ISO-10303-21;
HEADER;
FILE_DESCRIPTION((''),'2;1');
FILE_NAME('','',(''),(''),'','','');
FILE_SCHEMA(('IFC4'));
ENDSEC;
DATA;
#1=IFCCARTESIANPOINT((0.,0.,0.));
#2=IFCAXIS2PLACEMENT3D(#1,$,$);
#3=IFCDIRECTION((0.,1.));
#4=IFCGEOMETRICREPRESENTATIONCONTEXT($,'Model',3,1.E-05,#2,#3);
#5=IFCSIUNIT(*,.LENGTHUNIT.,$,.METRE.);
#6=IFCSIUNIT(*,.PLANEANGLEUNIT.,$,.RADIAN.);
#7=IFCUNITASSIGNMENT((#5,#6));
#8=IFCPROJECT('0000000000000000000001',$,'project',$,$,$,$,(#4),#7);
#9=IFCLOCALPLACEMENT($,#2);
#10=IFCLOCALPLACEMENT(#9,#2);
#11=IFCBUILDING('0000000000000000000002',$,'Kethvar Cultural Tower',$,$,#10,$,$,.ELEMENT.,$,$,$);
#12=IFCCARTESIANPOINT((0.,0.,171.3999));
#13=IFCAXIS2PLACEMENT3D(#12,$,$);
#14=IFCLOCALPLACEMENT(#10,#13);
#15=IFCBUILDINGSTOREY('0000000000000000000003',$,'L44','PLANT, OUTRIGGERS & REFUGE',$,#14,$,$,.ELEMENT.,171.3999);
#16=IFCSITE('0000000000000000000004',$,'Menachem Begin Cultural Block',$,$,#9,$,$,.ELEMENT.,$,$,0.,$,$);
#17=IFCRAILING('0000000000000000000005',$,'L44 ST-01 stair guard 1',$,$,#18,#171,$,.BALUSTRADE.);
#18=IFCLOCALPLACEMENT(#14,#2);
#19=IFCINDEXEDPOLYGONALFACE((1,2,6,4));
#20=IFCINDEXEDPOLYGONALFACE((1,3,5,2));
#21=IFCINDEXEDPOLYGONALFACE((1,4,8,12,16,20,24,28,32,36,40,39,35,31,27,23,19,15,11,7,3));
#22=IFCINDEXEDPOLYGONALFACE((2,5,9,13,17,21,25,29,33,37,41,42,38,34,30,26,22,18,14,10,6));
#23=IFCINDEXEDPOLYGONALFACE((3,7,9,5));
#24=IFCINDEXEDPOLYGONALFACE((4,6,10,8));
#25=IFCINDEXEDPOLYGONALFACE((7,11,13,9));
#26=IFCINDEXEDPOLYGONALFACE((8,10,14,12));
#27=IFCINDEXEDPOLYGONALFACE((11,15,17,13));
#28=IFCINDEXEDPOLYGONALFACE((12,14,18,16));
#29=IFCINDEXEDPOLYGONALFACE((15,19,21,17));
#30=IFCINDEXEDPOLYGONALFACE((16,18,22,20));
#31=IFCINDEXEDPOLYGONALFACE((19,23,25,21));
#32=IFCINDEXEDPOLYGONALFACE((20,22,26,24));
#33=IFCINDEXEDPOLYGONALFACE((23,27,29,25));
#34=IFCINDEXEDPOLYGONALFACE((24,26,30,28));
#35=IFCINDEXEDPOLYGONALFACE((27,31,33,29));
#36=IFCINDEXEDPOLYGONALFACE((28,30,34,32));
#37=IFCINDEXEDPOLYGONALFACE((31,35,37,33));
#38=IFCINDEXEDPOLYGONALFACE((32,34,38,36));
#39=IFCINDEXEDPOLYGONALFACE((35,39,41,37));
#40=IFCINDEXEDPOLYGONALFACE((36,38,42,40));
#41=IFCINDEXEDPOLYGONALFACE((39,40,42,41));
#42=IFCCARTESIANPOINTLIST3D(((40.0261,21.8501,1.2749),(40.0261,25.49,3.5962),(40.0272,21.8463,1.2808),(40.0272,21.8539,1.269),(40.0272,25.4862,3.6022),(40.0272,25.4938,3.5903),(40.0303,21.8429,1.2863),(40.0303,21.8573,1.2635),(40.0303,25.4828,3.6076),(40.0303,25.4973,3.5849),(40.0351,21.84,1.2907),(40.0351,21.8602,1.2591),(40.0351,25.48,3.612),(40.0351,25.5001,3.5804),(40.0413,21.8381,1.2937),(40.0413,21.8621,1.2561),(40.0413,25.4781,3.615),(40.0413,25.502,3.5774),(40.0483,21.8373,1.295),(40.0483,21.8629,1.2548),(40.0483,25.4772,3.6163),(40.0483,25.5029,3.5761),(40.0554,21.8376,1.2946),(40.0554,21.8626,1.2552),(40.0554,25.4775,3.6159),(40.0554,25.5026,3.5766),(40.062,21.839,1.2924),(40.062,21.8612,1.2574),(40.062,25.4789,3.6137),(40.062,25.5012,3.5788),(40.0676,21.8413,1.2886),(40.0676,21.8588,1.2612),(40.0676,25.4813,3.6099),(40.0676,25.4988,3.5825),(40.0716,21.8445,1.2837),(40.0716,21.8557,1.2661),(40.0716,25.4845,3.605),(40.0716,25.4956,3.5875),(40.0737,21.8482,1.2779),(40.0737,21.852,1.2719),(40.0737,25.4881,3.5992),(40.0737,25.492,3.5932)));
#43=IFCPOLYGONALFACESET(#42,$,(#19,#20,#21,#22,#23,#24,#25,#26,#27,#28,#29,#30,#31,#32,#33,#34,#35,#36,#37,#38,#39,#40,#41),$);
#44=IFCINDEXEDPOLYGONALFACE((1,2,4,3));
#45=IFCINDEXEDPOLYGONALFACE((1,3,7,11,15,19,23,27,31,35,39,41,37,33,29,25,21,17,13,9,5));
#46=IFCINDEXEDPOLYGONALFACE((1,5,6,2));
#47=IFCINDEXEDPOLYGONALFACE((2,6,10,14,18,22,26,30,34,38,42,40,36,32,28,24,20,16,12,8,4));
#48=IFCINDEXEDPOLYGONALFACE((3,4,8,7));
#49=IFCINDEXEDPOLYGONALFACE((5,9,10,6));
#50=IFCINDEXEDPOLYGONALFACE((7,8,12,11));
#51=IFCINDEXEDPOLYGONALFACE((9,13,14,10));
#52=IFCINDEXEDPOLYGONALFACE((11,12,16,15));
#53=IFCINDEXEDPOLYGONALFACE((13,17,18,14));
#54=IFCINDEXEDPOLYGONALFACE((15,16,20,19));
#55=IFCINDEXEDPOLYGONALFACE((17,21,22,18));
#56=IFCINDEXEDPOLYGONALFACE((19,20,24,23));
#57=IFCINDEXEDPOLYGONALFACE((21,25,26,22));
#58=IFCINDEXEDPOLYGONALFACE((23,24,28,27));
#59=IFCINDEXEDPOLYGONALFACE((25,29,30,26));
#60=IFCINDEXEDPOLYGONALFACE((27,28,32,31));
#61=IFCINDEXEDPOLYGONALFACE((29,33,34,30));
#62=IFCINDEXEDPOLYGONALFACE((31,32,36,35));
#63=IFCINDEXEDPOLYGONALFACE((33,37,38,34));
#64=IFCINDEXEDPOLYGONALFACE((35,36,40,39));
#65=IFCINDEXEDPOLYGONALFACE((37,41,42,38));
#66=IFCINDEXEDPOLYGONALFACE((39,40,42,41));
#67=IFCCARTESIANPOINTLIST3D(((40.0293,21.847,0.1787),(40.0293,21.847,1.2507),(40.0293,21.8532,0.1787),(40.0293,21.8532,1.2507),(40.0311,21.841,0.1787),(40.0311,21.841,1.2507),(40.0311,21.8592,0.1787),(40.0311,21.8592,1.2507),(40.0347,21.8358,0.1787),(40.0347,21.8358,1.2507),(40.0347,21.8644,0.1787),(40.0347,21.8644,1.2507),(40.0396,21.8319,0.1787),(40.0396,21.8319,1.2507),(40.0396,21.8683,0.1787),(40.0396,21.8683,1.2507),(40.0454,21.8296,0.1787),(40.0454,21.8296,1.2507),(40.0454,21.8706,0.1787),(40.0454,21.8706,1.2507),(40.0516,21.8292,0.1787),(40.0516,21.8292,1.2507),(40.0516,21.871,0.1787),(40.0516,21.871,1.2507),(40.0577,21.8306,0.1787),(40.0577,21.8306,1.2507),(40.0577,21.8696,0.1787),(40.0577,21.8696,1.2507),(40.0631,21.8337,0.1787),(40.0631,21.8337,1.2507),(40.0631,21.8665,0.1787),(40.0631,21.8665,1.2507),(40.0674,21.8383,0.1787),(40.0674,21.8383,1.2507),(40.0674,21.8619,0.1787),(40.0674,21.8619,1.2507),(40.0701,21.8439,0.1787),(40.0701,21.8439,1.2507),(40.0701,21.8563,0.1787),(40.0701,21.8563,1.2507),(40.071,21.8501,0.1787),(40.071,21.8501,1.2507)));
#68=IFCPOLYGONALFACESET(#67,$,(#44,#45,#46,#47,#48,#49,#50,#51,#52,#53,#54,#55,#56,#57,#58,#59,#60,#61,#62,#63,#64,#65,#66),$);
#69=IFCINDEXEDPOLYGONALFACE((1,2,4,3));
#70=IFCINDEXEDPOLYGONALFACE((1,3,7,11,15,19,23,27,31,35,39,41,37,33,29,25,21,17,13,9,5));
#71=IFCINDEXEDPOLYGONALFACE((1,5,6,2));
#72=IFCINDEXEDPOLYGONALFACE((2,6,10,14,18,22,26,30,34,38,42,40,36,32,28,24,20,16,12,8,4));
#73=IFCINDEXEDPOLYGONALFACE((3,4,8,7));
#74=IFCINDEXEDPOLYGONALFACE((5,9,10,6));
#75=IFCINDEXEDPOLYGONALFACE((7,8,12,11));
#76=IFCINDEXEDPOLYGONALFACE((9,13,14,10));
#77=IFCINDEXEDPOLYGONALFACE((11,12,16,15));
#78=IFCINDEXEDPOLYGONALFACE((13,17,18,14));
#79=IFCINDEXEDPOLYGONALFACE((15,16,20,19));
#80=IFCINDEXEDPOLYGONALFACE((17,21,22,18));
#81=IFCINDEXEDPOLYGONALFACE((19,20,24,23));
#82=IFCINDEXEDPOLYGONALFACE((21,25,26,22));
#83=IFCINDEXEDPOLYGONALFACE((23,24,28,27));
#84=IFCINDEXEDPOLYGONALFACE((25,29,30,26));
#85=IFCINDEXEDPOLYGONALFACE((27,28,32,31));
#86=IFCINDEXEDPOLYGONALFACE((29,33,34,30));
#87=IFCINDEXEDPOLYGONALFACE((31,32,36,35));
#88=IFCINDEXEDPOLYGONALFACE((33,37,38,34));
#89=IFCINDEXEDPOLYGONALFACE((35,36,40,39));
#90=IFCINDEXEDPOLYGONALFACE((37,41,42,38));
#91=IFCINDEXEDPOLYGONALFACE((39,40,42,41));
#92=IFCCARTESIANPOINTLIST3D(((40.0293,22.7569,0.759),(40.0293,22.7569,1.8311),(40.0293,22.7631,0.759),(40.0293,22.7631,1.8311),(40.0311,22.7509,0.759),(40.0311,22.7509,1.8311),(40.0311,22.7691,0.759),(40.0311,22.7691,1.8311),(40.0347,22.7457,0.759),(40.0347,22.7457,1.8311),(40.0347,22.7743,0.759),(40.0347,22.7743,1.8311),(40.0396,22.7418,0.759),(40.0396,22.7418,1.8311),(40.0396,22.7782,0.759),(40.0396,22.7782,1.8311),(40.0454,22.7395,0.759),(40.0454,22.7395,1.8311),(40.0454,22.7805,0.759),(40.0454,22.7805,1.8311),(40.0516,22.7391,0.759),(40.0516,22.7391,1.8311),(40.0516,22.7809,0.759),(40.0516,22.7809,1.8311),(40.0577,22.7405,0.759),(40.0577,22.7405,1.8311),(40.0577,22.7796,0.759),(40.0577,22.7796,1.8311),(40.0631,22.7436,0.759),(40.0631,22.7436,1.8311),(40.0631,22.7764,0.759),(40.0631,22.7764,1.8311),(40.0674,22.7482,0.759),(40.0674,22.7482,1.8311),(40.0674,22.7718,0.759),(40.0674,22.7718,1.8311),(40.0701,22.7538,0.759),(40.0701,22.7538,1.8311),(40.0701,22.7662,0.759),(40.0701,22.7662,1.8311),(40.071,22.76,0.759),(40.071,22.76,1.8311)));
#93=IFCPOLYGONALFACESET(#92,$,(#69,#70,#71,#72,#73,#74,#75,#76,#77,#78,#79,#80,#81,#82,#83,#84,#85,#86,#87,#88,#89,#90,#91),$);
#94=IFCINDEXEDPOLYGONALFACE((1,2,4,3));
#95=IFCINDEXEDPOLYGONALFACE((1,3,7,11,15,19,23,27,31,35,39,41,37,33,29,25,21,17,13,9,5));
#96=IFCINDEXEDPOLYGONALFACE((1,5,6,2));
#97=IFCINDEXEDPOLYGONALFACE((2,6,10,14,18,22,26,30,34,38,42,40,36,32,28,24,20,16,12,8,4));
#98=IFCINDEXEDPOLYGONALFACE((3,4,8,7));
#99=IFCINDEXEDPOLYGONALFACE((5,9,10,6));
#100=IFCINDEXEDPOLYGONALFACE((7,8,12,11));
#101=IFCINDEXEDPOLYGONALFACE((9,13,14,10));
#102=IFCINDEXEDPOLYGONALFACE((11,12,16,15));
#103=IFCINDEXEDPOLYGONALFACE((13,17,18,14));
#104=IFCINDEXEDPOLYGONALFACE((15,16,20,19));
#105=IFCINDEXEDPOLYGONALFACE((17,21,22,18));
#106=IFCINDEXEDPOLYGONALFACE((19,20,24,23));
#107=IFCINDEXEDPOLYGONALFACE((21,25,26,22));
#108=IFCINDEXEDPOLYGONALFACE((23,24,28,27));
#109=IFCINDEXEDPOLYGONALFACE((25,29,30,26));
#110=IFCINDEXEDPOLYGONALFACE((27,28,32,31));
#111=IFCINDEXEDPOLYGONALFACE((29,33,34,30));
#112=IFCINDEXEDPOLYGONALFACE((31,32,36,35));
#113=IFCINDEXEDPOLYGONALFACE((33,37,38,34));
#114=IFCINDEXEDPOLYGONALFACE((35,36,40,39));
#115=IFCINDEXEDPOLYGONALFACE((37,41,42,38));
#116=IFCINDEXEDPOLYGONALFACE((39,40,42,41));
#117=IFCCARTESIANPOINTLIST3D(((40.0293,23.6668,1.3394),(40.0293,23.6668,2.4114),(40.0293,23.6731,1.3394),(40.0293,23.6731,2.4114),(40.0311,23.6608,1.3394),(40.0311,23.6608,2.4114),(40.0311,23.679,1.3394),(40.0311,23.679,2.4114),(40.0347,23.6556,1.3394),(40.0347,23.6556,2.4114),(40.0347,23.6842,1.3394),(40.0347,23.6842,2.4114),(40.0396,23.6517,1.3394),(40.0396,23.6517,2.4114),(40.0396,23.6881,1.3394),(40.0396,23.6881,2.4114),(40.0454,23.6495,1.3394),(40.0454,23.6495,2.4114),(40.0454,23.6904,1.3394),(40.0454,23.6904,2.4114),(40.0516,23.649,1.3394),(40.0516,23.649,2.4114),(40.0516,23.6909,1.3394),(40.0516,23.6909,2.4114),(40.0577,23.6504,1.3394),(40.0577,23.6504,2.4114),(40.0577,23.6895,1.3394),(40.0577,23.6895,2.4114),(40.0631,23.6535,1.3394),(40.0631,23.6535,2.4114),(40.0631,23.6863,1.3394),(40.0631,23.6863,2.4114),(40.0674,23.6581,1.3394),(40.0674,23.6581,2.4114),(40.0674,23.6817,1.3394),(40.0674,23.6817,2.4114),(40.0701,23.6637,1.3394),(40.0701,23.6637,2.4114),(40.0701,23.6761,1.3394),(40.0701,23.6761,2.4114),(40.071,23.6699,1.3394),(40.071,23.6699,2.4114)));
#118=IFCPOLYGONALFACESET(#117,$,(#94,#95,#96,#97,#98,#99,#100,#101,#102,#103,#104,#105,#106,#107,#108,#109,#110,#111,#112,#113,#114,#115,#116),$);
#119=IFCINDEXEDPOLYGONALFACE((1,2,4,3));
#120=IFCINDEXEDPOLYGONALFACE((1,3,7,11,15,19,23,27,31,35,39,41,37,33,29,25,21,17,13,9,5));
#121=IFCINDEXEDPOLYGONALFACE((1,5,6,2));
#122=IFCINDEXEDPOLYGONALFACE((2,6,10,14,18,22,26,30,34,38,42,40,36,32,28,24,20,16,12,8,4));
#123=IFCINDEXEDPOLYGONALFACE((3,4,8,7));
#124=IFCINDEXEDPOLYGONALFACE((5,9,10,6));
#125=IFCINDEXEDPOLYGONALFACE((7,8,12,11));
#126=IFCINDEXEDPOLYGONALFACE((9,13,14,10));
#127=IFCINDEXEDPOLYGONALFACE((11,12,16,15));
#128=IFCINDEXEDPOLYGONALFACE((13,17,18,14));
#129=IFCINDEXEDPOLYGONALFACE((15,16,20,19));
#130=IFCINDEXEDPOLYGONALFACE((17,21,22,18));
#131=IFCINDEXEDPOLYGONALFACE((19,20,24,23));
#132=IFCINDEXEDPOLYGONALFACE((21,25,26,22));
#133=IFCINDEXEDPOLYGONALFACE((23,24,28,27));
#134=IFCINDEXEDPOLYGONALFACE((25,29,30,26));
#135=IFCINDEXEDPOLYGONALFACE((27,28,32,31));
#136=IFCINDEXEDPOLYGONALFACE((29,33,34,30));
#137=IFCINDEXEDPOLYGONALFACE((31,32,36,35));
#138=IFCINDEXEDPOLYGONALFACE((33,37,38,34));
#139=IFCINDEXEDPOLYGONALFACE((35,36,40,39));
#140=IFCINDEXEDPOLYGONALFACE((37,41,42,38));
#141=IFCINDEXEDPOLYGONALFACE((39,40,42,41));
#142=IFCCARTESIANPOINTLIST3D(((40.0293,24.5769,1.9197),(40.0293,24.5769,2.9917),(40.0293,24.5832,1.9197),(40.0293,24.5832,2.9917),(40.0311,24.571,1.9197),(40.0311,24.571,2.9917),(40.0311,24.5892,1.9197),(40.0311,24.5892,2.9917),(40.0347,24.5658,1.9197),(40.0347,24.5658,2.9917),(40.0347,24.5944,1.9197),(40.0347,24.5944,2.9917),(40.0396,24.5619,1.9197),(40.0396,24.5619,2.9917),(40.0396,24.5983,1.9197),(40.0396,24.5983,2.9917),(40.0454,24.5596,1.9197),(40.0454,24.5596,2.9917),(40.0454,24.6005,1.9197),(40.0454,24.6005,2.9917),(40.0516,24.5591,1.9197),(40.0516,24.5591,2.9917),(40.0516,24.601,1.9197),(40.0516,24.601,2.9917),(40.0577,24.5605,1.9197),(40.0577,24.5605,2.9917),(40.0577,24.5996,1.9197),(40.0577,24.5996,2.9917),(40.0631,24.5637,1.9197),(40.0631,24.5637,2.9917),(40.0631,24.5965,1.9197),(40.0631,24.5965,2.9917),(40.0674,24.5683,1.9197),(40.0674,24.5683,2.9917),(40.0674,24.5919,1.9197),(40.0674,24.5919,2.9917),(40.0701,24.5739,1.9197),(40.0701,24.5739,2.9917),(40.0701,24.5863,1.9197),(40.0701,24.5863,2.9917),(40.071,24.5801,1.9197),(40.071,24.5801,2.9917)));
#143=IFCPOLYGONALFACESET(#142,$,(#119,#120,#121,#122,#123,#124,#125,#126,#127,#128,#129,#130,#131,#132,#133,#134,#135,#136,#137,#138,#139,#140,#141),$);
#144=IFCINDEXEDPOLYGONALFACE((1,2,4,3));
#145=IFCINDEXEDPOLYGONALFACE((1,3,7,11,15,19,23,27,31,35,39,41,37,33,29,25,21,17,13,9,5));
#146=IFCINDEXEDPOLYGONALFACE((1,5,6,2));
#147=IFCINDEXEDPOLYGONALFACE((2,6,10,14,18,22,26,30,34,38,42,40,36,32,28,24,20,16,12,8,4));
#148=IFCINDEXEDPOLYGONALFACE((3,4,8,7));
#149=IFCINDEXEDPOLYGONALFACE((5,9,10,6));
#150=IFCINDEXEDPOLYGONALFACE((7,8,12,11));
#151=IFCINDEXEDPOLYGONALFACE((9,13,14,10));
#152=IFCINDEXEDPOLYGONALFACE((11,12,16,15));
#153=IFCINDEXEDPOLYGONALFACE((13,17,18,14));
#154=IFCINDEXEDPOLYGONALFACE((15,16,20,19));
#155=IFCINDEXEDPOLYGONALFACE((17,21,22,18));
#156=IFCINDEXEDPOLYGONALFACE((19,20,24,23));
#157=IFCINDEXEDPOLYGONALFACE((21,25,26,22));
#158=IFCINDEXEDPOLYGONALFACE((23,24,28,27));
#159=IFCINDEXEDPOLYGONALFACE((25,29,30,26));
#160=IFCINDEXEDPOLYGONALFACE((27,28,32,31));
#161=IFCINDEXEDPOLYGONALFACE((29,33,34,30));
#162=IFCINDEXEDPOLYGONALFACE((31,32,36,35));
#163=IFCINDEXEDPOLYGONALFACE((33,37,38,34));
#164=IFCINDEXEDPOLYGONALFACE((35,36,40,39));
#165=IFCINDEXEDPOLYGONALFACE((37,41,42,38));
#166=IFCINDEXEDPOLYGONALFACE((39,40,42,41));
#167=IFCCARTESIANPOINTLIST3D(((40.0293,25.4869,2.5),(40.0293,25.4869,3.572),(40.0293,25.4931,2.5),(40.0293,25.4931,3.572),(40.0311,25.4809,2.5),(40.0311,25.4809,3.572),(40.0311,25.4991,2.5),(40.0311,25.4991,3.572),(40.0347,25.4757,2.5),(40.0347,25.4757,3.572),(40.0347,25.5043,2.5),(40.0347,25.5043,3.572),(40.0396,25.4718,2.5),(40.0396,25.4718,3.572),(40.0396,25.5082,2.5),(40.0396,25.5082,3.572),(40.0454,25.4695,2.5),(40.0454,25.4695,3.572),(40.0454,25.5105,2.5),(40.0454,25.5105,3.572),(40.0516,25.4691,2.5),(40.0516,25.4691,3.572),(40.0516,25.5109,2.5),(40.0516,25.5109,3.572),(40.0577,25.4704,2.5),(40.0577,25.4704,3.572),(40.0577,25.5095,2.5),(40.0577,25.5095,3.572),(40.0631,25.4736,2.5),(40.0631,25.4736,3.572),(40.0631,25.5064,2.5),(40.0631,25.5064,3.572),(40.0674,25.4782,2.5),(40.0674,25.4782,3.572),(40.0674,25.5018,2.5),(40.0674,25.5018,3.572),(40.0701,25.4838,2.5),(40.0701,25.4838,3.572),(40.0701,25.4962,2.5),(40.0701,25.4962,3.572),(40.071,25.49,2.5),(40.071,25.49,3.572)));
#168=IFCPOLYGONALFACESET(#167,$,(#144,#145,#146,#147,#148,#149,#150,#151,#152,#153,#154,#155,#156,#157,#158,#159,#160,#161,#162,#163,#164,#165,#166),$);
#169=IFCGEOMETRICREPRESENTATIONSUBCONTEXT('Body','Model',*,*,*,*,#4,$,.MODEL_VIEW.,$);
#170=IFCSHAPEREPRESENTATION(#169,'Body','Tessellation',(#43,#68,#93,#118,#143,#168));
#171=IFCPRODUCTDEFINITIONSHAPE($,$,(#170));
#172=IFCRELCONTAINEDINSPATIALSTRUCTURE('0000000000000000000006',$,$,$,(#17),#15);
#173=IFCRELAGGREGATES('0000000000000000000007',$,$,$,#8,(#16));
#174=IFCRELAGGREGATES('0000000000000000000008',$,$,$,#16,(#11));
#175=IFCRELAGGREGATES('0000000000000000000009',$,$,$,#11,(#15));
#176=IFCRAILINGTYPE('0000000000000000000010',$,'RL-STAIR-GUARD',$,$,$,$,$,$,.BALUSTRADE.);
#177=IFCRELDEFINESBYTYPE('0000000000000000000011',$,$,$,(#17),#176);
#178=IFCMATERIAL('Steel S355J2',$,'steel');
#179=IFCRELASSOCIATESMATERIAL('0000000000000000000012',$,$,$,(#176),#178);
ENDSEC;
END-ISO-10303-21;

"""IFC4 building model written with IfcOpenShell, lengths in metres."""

from ifc_helpers import new_model, si_unit, direction, frame, origin, origin_2d, place, context, subcontext, project, spatial, circle, extrude, material, type_object, element, save


model = new_model("IFC4")

# Units and contexts
model_context = context("Model", 3, precision=1e-05, world=origin(), true_north=direction((0.0, 1.0)))
body_context = subcontext(model_context, "Body", "Model", "MODEL_VIEW")
ifc_project = project(units=[si_unit("LENGTHUNIT", "METRE"), si_unit("PLANEANGLEUNIT", "RADIAN")], contexts=[model_context])

# Site, building, storey
site_placement = place(None, origin())
site = spatial("IfcSite", under=ifc_project, at=site_placement, Name="Menachem Begin Cultural Block", CompositionType="ELEMENT", RefElevation=0.0)
building_placement = place(site_placement, origin())
building = spatial("IfcBuilding", under=site, at=building_placement, Name="Kethvar Cultural Tower", CompositionType="ELEMENT")
storey_placement = place(building_placement, frame((0.0, 0.0, 171.3999)))
storey = spatial("IfcBuildingStorey", under=building, at=storey_placement, Name="L44", Description="PLANT, OUTRIGGERS & REFUGE", CompositionType="ELEMENT", Elevation=171.3999)

# Shared definitions
ifc_material_1 = material(Name="Steel S355J2", Category="steel")

# Railing
railing_type_1 = type_object("IfcRailingType", Name="RL-STAIR-GUARD", PredefinedType="BALUSTRADE", material=ifc_material_1)
railing_1_placement = place(storey_placement, frame((40.05, 21.8501, 0.1787)))
element("IfcRailing", 1, at=railing_1_placement, inside=storey, type_object=railing_type_1, Name="L44 ST-01 stair guard 1", PredefinedType="BALUSTRADE", context=body_context, shape_type="SweptSolid", body=[
    extrude(circle(Radius=0.0239, at=origin_2d()), frame((0.0, 0.0, 1.0962), z_axis=(0.0, 0.843137, 0.537699), x_axis=(-1.0, 0.0, 0.0)), (0.0, 0.0, 1.0), 4.3171),
    extrude(circle(Radius=0.021, at=origin_2d()), origin(), (0.0, 0.0, 1.0), 1.072),
    extrude(circle(Radius=0.021, at=origin_2d()), frame((0.0, 0.9099, 0.5803)), (0.0, 0.0, 1.0), 1.072),
    extrude(circle(Radius=0.021, at=origin_2d()), frame((0.0, 1.8198, 1.1606)), (0.0, 0.0, 1.0), 1.072),
    extrude(circle(Radius=0.021, at=origin_2d()), frame((0.0, 2.73, 1.741)), (0.0, 0.0, 1.0), 1.072),
    extrude(circle(Radius=0.021, at=origin_2d()), frame((0.0, 3.6399, 2.3213)), (0.0, 0.0, 1.0), 1.072),
])

save(model, "model.ifc")
